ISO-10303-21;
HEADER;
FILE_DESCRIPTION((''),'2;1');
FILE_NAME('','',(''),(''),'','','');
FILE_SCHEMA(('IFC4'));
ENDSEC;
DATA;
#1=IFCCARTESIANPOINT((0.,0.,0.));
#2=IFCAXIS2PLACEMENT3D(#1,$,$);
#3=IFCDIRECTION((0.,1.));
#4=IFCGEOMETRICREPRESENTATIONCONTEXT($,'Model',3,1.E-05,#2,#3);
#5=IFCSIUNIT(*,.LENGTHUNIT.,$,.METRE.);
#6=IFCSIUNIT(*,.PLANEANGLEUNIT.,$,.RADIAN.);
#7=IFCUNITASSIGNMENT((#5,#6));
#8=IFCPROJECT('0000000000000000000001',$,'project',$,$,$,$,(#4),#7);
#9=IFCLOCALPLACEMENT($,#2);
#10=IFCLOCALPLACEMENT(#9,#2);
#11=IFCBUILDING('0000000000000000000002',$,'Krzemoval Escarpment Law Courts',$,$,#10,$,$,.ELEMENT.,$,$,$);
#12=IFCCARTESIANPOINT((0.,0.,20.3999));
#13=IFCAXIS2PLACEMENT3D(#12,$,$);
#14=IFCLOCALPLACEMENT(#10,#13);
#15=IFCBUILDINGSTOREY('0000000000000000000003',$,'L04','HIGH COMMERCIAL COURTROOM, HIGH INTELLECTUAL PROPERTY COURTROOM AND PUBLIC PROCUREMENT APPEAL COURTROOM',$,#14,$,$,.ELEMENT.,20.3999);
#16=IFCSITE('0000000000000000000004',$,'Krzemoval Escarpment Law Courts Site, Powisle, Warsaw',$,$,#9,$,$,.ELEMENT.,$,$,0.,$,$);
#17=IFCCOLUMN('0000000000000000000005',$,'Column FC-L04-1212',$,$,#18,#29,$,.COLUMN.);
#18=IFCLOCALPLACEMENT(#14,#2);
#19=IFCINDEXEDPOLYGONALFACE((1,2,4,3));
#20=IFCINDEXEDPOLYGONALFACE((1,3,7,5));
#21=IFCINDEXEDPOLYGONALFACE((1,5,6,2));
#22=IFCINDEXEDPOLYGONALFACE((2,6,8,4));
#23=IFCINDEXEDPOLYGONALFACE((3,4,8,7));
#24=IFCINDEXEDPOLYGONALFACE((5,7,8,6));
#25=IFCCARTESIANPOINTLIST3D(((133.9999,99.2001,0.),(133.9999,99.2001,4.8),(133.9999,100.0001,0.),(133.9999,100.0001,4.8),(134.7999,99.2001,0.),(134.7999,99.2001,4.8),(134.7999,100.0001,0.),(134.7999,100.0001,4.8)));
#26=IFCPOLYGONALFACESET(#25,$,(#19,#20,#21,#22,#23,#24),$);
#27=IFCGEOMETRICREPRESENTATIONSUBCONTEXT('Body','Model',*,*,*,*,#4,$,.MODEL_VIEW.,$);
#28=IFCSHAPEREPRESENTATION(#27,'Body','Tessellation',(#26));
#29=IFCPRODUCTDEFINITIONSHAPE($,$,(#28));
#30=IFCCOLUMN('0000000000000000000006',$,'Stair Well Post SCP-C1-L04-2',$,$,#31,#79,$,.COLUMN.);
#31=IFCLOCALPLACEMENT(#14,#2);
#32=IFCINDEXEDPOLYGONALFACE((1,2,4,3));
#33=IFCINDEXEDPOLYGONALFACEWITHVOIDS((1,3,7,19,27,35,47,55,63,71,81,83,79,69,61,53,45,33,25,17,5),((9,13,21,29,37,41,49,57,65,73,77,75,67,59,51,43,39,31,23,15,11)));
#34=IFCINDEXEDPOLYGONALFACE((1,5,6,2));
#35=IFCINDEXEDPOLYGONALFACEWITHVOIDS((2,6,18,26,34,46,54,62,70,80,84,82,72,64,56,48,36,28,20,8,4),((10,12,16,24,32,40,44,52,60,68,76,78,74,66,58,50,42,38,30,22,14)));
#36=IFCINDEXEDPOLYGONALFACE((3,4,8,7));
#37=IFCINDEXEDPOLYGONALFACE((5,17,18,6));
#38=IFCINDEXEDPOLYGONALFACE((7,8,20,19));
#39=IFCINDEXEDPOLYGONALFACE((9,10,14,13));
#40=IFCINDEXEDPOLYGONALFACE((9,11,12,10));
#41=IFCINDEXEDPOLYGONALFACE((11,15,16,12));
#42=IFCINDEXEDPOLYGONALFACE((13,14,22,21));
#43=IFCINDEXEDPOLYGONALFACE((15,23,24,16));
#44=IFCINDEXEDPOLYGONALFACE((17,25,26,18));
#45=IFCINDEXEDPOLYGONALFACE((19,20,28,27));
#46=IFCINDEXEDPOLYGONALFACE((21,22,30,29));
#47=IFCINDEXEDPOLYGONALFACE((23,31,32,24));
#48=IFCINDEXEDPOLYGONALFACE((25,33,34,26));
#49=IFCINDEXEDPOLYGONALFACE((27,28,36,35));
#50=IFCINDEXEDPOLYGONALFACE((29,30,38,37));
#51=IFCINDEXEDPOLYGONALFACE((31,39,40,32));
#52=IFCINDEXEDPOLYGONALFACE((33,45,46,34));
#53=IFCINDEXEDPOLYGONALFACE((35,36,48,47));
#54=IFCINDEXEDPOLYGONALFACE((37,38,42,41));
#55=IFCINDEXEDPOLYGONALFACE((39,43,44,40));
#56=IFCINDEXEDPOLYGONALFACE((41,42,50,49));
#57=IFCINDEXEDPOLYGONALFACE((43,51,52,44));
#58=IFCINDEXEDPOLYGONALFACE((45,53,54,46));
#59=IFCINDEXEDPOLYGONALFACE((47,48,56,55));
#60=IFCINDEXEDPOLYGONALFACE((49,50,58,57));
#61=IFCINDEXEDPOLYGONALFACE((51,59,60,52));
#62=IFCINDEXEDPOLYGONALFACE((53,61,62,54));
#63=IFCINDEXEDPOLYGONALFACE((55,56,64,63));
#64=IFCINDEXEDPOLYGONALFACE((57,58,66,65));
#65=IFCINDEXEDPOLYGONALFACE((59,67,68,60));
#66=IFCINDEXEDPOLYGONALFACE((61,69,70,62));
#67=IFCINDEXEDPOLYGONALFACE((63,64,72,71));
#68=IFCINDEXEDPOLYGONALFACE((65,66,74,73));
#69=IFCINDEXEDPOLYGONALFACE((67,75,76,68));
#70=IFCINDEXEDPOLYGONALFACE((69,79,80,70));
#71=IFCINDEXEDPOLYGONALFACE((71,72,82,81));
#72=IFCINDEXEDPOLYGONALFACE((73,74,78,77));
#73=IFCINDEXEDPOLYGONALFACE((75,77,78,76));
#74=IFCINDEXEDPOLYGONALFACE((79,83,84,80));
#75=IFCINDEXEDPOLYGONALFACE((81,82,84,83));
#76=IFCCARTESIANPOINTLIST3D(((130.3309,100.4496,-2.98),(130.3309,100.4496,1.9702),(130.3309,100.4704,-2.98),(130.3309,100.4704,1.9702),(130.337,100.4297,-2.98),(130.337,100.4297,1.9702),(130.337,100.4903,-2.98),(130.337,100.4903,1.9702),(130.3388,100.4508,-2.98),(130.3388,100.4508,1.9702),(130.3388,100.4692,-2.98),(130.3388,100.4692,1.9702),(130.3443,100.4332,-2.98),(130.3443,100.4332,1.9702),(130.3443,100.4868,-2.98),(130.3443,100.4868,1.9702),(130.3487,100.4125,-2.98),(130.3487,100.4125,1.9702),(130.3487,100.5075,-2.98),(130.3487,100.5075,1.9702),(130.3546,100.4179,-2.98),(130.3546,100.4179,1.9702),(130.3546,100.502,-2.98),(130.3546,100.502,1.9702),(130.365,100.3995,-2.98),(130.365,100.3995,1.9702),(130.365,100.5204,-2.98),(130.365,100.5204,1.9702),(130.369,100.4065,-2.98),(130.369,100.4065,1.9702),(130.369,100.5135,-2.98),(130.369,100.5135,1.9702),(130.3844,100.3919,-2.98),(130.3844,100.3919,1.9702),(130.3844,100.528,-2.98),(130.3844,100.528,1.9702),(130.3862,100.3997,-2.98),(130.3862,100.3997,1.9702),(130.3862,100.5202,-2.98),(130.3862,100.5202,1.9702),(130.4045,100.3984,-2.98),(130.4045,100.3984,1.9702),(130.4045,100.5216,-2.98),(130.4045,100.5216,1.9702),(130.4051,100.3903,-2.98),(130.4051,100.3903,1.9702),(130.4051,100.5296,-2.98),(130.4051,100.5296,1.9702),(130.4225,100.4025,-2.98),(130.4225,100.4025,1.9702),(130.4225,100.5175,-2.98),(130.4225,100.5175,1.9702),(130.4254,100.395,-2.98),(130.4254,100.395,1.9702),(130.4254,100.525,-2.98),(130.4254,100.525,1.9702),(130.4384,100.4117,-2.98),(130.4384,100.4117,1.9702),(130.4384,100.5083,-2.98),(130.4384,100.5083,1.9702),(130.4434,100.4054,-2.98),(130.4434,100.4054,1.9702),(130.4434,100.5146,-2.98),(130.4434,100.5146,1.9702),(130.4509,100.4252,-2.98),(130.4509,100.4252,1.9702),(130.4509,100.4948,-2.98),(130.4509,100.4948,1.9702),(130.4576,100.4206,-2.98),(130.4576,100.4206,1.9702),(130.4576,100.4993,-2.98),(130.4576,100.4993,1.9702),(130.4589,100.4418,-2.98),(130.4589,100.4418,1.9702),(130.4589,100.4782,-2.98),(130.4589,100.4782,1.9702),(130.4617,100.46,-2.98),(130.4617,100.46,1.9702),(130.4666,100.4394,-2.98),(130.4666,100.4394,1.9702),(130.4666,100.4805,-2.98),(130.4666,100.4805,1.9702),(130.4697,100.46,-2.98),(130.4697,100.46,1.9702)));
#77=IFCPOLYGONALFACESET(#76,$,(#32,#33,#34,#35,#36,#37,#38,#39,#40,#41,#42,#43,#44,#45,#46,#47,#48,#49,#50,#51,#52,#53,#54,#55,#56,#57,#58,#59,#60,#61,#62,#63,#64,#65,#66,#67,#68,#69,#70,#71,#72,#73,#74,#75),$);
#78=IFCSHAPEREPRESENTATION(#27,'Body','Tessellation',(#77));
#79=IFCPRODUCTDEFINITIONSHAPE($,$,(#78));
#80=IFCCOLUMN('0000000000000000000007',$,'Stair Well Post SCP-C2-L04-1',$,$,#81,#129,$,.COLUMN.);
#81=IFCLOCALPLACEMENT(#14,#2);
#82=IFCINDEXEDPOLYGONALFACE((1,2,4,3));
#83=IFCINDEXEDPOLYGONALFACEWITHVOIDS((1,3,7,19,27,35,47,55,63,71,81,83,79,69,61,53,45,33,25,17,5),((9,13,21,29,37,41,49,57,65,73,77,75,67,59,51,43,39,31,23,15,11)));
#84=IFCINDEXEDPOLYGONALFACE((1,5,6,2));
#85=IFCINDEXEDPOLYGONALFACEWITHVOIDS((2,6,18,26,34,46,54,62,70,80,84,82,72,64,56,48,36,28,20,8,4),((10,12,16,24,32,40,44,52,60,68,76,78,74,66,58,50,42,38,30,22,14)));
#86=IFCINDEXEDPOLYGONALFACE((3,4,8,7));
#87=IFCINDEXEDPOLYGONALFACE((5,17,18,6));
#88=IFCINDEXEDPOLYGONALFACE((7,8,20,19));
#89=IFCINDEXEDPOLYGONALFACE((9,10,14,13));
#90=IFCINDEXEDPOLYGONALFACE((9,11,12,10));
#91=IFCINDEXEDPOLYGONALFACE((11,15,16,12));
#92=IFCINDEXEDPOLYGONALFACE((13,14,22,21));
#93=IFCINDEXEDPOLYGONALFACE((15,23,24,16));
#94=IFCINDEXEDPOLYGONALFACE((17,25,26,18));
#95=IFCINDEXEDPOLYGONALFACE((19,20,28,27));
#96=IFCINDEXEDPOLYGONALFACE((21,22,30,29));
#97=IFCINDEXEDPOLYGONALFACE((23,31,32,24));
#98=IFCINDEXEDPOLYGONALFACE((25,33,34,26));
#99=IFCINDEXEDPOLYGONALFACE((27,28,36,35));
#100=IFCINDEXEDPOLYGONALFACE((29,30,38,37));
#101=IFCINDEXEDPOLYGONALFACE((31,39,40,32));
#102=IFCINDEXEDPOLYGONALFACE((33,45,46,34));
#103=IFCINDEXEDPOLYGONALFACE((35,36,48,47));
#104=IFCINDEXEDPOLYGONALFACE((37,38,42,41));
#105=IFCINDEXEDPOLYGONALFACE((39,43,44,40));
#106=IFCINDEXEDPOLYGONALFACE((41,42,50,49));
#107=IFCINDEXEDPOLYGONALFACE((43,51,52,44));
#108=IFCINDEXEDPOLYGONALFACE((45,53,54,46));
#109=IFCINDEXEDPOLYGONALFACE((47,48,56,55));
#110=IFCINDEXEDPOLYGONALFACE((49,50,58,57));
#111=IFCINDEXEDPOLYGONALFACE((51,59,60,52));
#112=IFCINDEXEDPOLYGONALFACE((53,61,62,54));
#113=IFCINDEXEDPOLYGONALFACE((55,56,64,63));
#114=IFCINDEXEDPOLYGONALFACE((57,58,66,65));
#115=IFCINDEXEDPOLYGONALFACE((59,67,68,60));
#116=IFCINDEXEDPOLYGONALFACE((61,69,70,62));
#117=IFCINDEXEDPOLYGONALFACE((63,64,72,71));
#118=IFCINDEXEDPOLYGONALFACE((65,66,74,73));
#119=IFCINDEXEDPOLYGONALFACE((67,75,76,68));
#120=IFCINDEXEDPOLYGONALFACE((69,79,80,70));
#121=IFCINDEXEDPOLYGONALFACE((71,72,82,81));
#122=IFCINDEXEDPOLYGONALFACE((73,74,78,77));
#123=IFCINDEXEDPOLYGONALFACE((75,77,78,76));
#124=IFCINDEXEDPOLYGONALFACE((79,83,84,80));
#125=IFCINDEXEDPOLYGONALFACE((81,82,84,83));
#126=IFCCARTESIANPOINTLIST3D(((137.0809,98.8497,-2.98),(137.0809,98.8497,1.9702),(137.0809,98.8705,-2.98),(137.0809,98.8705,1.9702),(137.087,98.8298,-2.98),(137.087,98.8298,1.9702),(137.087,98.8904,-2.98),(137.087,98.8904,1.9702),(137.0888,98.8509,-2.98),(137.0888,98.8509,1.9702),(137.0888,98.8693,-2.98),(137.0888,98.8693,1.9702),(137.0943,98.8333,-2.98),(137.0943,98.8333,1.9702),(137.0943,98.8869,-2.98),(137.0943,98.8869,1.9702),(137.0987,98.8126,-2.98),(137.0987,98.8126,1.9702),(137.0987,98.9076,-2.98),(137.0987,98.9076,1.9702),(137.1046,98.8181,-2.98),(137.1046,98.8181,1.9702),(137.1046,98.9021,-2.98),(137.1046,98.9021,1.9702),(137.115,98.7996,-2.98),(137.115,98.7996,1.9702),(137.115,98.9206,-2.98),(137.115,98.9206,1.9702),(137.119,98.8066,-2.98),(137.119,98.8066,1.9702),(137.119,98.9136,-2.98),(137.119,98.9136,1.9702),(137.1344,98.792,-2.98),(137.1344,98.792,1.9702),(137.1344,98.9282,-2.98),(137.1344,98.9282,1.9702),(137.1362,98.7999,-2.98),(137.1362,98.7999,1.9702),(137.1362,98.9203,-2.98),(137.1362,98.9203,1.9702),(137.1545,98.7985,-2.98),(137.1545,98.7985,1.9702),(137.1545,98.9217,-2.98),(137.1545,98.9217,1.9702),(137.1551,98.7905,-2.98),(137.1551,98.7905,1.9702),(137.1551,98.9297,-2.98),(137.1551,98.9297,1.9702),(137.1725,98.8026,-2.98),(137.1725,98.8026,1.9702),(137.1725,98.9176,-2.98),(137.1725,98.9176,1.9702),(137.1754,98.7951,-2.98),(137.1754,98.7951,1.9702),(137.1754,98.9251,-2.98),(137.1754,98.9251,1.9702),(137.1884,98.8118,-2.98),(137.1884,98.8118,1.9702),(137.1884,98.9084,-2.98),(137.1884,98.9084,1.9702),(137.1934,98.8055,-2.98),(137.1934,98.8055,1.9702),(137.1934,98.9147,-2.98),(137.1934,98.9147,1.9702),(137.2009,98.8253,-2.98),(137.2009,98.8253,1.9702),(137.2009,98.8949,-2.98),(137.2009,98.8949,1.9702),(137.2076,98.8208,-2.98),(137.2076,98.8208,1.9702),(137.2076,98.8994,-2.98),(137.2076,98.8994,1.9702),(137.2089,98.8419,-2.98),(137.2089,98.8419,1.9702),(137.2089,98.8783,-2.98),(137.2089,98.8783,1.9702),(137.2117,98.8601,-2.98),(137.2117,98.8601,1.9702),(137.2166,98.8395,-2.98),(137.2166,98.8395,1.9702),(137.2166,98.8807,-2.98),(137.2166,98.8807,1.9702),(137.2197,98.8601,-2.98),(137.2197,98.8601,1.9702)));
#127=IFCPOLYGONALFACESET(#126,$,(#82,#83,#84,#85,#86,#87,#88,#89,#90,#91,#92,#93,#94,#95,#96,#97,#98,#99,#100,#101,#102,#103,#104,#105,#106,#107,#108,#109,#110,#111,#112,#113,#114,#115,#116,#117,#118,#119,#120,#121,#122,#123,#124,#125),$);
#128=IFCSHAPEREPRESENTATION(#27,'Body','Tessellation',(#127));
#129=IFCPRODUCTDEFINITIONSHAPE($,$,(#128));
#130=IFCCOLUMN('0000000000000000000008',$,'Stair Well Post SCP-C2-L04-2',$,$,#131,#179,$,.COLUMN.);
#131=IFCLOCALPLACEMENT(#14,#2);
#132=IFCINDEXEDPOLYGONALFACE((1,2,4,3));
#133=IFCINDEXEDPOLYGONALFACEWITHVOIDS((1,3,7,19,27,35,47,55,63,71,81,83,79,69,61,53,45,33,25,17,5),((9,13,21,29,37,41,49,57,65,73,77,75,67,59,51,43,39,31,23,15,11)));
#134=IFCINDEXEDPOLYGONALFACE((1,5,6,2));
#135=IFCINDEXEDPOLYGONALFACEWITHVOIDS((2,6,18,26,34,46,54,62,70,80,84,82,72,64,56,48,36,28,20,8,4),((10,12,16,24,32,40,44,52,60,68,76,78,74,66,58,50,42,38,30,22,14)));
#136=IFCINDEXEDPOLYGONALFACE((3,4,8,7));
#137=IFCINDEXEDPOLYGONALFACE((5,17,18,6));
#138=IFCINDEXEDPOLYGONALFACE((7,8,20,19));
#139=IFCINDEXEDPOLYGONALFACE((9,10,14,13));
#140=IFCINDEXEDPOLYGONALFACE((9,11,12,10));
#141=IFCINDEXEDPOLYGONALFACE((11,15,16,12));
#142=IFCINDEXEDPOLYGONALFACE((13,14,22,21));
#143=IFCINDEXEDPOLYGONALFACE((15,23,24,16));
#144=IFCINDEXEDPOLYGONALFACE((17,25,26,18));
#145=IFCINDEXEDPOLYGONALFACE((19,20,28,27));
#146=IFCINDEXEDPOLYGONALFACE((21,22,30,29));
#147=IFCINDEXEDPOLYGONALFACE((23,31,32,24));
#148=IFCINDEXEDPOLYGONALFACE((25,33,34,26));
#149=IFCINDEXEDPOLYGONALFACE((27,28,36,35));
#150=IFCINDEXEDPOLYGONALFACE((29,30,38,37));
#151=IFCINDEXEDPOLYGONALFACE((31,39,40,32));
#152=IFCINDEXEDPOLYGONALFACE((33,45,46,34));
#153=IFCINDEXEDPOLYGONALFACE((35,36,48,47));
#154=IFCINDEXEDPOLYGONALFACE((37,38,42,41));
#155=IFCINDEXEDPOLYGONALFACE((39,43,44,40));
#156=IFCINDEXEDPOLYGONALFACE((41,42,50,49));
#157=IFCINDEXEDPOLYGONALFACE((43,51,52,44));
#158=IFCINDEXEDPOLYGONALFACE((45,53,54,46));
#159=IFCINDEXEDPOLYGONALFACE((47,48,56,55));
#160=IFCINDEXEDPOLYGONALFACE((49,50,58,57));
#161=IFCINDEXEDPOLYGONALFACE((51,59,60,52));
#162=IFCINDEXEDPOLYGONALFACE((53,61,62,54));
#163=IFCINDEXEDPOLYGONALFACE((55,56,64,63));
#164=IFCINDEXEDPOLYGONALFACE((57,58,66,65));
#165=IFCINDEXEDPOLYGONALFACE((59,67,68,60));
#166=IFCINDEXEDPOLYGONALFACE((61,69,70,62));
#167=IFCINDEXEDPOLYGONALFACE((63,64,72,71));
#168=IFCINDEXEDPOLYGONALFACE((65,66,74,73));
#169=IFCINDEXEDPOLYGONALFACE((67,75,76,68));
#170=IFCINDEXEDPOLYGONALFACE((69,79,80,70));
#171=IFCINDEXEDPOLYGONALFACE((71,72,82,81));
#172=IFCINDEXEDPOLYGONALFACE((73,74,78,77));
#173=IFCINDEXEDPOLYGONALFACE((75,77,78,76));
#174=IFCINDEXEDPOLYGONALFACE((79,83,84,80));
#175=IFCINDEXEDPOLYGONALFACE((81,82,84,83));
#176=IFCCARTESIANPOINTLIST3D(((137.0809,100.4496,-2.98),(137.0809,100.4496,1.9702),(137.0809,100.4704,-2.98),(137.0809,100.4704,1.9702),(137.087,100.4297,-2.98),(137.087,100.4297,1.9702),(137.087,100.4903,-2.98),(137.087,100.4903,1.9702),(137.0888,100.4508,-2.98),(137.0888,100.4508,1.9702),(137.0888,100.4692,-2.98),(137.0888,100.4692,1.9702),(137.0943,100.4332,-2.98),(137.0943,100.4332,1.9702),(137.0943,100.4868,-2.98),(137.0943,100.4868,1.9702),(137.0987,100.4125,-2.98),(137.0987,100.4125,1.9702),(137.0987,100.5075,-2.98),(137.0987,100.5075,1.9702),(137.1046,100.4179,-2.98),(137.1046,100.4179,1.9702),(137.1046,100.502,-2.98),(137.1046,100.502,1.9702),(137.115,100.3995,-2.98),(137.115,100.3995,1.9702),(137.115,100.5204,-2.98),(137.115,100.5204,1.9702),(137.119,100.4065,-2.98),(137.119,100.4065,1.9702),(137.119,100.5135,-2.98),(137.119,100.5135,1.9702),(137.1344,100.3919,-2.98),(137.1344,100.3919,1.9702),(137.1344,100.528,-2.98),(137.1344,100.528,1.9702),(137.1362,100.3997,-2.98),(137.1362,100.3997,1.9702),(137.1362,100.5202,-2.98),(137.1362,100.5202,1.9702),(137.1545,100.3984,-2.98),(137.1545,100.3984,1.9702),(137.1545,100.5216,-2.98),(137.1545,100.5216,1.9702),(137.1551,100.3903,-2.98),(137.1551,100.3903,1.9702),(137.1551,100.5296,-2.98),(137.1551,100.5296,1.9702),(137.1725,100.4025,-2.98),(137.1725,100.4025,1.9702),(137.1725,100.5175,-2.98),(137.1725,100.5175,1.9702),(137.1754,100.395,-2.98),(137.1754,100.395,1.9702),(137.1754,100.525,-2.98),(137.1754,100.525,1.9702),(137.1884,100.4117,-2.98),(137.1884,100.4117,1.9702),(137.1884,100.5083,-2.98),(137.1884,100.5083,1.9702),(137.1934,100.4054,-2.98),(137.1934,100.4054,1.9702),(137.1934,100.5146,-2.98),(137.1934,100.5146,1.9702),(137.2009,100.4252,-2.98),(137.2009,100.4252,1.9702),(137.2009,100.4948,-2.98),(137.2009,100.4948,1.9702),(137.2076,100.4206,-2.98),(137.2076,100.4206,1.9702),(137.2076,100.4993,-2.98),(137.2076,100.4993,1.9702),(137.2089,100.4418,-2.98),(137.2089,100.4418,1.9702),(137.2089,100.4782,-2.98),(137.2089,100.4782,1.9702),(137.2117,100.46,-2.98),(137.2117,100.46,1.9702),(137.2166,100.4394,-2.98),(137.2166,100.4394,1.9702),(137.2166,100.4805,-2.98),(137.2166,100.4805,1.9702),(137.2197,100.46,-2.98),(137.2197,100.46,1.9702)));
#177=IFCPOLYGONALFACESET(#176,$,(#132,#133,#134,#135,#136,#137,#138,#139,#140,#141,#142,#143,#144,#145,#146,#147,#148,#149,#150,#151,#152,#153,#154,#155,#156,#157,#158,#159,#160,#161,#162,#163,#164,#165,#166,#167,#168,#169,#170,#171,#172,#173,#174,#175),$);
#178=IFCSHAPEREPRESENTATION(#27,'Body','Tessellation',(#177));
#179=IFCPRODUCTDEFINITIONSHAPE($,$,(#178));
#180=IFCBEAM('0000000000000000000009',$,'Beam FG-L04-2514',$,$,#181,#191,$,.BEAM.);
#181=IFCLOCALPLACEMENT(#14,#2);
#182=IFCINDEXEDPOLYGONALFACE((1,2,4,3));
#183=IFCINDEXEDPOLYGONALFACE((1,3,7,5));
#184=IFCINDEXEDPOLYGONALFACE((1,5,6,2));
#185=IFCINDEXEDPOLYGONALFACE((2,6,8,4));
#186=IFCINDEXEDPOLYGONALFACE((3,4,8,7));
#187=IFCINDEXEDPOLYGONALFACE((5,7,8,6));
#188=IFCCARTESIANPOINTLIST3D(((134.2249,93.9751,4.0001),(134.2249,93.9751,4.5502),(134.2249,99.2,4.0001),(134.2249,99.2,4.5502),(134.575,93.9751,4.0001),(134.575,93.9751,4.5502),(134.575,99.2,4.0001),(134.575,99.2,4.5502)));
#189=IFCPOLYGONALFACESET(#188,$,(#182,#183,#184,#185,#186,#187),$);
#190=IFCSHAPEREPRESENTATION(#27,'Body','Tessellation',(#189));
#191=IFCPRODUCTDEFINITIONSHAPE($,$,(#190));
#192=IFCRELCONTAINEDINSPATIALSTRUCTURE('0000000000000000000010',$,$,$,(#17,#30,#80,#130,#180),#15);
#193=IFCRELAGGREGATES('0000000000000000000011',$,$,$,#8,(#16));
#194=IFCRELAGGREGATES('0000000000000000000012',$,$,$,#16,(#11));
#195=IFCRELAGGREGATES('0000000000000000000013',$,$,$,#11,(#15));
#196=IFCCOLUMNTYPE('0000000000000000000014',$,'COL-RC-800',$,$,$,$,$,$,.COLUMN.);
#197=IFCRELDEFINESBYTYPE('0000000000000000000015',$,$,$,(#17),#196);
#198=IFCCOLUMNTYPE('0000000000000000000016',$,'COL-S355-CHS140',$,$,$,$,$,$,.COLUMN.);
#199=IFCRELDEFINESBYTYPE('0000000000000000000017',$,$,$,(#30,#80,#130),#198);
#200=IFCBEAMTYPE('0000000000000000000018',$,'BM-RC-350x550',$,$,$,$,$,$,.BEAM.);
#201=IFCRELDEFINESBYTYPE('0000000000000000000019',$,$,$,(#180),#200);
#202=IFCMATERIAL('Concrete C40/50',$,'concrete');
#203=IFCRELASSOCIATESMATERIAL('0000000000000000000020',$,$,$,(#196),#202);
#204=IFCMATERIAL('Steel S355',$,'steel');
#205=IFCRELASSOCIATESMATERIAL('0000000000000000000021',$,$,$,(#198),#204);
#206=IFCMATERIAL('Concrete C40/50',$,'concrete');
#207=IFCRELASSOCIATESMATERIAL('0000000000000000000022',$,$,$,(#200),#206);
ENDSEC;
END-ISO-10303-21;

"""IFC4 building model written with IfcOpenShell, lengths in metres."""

from ifc_helpers import new_model, si_unit, direction, frame, origin, origin_2d, place, context, subcontext, project, spatial, rectangle, hollow_circle, extrude, material, material_profile, profile_set, type_object, element, save


model = new_model("IFC4")

# Units and contexts
model_context = context("Model", 3, precision=1e-05, world=origin(), true_north=direction((0.0, 1.0)))
body_context = subcontext(model_context, "Body", "Model", "MODEL_VIEW")
ifc_project = project(units=[si_unit("LENGTHUNIT", "METRE"), si_unit("PLANEANGLEUNIT", "RADIAN")], contexts=[model_context])

# Site, building, storey
site_placement = place(None, origin())
site = spatial("IfcSite", under=ifc_project, at=site_placement, Name="Krzemoval Escarpment Law Courts Site, Powisle, Warsaw", CompositionType="ELEMENT", RefElevation=0.0)
building_placement = place(site_placement, origin())
building = spatial("IfcBuilding", under=site, at=building_placement, Name="Krzemoval Escarpment Law Courts", CompositionType="ELEMENT")
storey_placement = place(building_placement, frame((0.0, 0.0, 20.3999)))
storey = spatial("IfcBuildingStorey", under=building, at=storey_placement, Name="L04", Description="HIGH COMMERCIAL COURTROOM, HIGH INTELLECTUAL PROPERTY COURTROOM AND PUBLIC PROCUREMENT APPEAL COURTROOM", CompositionType="ELEMENT", Elevation=20.3999)

# Columns
ifc_material_1 = material(Name="Concrete C40/50", Category="concrete")
ifc_material_profile_1 = material_profile(ifc_material_1, rectangle(XDim=0.8, YDim=0.8, at=origin_2d()), Name="RC 800x800")
ifc_profile_set_1 = profile_set([ifc_material_profile_1], Name="Concrete C40/50")
column_type_1 = type_object("IfcColumnType", Name="COL-RC-800", PredefinedType="COLUMN", material=ifc_profile_set_1)
column_placement = place(storey_placement, frame((134.3999, 99.6001, 0.0), z_axis=(0.0, 0.0, 1.0), x_axis=(1.0, 0.0, 0.0)))
element("IfcColumn", 1, at=column_placement, inside=storey, type_object=column_type_1, Name="Column FC-L04-1212", PredefinedType="COLUMN", context=body_context, shape_type="SweptSolid", body=[
    extrude(rectangle(XDim=0.8, YDim=0.8, at=origin_2d()), origin(), (0.0, 0.0, 1.0), 4.8),
])
ifc_material_2 = material(Name="Steel S355", Category="steel")
ifc_material_profile_2 = material_profile(ifc_material_2, hollow_circle(Radius=0.0698, WallThickness=0.0081, at=origin_2d()), Name="CHS 139.7x8")
ifc_profile_set_2 = profile_set([ifc_material_profile_2], Name="Steel S355")
column_type_2 = type_object("IfcColumnType", Name="COL-S355-CHS140", PredefinedType="COLUMN", material=ifc_profile_set_2)
for number, where, z_axis, x_axis, name in (
    (2, (130.3999, 100.46, -2.98), (0.0, 0.0, 1.0), (1.0, 0.0, 0.0), "Stair Well Post SCP-C1-L04-2"),
    (3, (137.1499, 98.8601, -2.98), (0.0, 0.0, 1.0), (1.0, 0.0, 0.0), "Stair Well Post SCP-C2-L04-1"),
    (4, (137.1499, 100.46, -2.98), (0.0, 0.0, 1.0), (1.0, 0.0, 0.0), "Stair Well Post SCP-C2-L04-2"),
):
    element("IfcColumn", number, at=place(storey_placement, frame(where, z_axis=z_axis, x_axis=x_axis)), inside=storey, type_object=column_type_2, Name=name, PredefinedType="COLUMN", context=body_context, shape_type="SweptSolid", body=[
        extrude(hollow_circle(Radius=0.0698, WallThickness=0.0081, at=origin_2d()), origin(), (0.0, 0.0, 1.0), 4.9502),
    ])

# Beam
ifc_material_3 = material(Name="Concrete C40/50", Category="concrete")
ifc_material_profile_3 = material_profile(ifc_material_3, rectangle(XDim=0.3501, YDim=0.55, at=origin_2d()), Name="RCB 350x550")
ifc_profile_set_3 = profile_set([ifc_material_profile_3], Name="Concrete C40/50")
beam_type_1 = type_object("IfcBeamType", Name="BM-RC-350x550", PredefinedType="BEAM", material=ifc_profile_set_3)
beam_1_placement = place(storey_placement, frame((134.3999, 93.9751, 4.2751), z_axis=(0.0, 1.0, 0.0), x_axis=(-1.0, 0.0, 0.0)))
element("IfcBeam", 5, at=beam_1_placement, inside=storey, type_object=beam_type_1, Name="Beam FG-L04-2514", PredefinedType="BEAM", context=body_context, shape_type="SweptSolid", body=[
    extrude(rectangle(XDim=0.3501, YDim=0.55, at=origin_2d()), origin(), (0.0, 0.0, 1.0), 5.2249),
])

save(model, "model.ifc")
